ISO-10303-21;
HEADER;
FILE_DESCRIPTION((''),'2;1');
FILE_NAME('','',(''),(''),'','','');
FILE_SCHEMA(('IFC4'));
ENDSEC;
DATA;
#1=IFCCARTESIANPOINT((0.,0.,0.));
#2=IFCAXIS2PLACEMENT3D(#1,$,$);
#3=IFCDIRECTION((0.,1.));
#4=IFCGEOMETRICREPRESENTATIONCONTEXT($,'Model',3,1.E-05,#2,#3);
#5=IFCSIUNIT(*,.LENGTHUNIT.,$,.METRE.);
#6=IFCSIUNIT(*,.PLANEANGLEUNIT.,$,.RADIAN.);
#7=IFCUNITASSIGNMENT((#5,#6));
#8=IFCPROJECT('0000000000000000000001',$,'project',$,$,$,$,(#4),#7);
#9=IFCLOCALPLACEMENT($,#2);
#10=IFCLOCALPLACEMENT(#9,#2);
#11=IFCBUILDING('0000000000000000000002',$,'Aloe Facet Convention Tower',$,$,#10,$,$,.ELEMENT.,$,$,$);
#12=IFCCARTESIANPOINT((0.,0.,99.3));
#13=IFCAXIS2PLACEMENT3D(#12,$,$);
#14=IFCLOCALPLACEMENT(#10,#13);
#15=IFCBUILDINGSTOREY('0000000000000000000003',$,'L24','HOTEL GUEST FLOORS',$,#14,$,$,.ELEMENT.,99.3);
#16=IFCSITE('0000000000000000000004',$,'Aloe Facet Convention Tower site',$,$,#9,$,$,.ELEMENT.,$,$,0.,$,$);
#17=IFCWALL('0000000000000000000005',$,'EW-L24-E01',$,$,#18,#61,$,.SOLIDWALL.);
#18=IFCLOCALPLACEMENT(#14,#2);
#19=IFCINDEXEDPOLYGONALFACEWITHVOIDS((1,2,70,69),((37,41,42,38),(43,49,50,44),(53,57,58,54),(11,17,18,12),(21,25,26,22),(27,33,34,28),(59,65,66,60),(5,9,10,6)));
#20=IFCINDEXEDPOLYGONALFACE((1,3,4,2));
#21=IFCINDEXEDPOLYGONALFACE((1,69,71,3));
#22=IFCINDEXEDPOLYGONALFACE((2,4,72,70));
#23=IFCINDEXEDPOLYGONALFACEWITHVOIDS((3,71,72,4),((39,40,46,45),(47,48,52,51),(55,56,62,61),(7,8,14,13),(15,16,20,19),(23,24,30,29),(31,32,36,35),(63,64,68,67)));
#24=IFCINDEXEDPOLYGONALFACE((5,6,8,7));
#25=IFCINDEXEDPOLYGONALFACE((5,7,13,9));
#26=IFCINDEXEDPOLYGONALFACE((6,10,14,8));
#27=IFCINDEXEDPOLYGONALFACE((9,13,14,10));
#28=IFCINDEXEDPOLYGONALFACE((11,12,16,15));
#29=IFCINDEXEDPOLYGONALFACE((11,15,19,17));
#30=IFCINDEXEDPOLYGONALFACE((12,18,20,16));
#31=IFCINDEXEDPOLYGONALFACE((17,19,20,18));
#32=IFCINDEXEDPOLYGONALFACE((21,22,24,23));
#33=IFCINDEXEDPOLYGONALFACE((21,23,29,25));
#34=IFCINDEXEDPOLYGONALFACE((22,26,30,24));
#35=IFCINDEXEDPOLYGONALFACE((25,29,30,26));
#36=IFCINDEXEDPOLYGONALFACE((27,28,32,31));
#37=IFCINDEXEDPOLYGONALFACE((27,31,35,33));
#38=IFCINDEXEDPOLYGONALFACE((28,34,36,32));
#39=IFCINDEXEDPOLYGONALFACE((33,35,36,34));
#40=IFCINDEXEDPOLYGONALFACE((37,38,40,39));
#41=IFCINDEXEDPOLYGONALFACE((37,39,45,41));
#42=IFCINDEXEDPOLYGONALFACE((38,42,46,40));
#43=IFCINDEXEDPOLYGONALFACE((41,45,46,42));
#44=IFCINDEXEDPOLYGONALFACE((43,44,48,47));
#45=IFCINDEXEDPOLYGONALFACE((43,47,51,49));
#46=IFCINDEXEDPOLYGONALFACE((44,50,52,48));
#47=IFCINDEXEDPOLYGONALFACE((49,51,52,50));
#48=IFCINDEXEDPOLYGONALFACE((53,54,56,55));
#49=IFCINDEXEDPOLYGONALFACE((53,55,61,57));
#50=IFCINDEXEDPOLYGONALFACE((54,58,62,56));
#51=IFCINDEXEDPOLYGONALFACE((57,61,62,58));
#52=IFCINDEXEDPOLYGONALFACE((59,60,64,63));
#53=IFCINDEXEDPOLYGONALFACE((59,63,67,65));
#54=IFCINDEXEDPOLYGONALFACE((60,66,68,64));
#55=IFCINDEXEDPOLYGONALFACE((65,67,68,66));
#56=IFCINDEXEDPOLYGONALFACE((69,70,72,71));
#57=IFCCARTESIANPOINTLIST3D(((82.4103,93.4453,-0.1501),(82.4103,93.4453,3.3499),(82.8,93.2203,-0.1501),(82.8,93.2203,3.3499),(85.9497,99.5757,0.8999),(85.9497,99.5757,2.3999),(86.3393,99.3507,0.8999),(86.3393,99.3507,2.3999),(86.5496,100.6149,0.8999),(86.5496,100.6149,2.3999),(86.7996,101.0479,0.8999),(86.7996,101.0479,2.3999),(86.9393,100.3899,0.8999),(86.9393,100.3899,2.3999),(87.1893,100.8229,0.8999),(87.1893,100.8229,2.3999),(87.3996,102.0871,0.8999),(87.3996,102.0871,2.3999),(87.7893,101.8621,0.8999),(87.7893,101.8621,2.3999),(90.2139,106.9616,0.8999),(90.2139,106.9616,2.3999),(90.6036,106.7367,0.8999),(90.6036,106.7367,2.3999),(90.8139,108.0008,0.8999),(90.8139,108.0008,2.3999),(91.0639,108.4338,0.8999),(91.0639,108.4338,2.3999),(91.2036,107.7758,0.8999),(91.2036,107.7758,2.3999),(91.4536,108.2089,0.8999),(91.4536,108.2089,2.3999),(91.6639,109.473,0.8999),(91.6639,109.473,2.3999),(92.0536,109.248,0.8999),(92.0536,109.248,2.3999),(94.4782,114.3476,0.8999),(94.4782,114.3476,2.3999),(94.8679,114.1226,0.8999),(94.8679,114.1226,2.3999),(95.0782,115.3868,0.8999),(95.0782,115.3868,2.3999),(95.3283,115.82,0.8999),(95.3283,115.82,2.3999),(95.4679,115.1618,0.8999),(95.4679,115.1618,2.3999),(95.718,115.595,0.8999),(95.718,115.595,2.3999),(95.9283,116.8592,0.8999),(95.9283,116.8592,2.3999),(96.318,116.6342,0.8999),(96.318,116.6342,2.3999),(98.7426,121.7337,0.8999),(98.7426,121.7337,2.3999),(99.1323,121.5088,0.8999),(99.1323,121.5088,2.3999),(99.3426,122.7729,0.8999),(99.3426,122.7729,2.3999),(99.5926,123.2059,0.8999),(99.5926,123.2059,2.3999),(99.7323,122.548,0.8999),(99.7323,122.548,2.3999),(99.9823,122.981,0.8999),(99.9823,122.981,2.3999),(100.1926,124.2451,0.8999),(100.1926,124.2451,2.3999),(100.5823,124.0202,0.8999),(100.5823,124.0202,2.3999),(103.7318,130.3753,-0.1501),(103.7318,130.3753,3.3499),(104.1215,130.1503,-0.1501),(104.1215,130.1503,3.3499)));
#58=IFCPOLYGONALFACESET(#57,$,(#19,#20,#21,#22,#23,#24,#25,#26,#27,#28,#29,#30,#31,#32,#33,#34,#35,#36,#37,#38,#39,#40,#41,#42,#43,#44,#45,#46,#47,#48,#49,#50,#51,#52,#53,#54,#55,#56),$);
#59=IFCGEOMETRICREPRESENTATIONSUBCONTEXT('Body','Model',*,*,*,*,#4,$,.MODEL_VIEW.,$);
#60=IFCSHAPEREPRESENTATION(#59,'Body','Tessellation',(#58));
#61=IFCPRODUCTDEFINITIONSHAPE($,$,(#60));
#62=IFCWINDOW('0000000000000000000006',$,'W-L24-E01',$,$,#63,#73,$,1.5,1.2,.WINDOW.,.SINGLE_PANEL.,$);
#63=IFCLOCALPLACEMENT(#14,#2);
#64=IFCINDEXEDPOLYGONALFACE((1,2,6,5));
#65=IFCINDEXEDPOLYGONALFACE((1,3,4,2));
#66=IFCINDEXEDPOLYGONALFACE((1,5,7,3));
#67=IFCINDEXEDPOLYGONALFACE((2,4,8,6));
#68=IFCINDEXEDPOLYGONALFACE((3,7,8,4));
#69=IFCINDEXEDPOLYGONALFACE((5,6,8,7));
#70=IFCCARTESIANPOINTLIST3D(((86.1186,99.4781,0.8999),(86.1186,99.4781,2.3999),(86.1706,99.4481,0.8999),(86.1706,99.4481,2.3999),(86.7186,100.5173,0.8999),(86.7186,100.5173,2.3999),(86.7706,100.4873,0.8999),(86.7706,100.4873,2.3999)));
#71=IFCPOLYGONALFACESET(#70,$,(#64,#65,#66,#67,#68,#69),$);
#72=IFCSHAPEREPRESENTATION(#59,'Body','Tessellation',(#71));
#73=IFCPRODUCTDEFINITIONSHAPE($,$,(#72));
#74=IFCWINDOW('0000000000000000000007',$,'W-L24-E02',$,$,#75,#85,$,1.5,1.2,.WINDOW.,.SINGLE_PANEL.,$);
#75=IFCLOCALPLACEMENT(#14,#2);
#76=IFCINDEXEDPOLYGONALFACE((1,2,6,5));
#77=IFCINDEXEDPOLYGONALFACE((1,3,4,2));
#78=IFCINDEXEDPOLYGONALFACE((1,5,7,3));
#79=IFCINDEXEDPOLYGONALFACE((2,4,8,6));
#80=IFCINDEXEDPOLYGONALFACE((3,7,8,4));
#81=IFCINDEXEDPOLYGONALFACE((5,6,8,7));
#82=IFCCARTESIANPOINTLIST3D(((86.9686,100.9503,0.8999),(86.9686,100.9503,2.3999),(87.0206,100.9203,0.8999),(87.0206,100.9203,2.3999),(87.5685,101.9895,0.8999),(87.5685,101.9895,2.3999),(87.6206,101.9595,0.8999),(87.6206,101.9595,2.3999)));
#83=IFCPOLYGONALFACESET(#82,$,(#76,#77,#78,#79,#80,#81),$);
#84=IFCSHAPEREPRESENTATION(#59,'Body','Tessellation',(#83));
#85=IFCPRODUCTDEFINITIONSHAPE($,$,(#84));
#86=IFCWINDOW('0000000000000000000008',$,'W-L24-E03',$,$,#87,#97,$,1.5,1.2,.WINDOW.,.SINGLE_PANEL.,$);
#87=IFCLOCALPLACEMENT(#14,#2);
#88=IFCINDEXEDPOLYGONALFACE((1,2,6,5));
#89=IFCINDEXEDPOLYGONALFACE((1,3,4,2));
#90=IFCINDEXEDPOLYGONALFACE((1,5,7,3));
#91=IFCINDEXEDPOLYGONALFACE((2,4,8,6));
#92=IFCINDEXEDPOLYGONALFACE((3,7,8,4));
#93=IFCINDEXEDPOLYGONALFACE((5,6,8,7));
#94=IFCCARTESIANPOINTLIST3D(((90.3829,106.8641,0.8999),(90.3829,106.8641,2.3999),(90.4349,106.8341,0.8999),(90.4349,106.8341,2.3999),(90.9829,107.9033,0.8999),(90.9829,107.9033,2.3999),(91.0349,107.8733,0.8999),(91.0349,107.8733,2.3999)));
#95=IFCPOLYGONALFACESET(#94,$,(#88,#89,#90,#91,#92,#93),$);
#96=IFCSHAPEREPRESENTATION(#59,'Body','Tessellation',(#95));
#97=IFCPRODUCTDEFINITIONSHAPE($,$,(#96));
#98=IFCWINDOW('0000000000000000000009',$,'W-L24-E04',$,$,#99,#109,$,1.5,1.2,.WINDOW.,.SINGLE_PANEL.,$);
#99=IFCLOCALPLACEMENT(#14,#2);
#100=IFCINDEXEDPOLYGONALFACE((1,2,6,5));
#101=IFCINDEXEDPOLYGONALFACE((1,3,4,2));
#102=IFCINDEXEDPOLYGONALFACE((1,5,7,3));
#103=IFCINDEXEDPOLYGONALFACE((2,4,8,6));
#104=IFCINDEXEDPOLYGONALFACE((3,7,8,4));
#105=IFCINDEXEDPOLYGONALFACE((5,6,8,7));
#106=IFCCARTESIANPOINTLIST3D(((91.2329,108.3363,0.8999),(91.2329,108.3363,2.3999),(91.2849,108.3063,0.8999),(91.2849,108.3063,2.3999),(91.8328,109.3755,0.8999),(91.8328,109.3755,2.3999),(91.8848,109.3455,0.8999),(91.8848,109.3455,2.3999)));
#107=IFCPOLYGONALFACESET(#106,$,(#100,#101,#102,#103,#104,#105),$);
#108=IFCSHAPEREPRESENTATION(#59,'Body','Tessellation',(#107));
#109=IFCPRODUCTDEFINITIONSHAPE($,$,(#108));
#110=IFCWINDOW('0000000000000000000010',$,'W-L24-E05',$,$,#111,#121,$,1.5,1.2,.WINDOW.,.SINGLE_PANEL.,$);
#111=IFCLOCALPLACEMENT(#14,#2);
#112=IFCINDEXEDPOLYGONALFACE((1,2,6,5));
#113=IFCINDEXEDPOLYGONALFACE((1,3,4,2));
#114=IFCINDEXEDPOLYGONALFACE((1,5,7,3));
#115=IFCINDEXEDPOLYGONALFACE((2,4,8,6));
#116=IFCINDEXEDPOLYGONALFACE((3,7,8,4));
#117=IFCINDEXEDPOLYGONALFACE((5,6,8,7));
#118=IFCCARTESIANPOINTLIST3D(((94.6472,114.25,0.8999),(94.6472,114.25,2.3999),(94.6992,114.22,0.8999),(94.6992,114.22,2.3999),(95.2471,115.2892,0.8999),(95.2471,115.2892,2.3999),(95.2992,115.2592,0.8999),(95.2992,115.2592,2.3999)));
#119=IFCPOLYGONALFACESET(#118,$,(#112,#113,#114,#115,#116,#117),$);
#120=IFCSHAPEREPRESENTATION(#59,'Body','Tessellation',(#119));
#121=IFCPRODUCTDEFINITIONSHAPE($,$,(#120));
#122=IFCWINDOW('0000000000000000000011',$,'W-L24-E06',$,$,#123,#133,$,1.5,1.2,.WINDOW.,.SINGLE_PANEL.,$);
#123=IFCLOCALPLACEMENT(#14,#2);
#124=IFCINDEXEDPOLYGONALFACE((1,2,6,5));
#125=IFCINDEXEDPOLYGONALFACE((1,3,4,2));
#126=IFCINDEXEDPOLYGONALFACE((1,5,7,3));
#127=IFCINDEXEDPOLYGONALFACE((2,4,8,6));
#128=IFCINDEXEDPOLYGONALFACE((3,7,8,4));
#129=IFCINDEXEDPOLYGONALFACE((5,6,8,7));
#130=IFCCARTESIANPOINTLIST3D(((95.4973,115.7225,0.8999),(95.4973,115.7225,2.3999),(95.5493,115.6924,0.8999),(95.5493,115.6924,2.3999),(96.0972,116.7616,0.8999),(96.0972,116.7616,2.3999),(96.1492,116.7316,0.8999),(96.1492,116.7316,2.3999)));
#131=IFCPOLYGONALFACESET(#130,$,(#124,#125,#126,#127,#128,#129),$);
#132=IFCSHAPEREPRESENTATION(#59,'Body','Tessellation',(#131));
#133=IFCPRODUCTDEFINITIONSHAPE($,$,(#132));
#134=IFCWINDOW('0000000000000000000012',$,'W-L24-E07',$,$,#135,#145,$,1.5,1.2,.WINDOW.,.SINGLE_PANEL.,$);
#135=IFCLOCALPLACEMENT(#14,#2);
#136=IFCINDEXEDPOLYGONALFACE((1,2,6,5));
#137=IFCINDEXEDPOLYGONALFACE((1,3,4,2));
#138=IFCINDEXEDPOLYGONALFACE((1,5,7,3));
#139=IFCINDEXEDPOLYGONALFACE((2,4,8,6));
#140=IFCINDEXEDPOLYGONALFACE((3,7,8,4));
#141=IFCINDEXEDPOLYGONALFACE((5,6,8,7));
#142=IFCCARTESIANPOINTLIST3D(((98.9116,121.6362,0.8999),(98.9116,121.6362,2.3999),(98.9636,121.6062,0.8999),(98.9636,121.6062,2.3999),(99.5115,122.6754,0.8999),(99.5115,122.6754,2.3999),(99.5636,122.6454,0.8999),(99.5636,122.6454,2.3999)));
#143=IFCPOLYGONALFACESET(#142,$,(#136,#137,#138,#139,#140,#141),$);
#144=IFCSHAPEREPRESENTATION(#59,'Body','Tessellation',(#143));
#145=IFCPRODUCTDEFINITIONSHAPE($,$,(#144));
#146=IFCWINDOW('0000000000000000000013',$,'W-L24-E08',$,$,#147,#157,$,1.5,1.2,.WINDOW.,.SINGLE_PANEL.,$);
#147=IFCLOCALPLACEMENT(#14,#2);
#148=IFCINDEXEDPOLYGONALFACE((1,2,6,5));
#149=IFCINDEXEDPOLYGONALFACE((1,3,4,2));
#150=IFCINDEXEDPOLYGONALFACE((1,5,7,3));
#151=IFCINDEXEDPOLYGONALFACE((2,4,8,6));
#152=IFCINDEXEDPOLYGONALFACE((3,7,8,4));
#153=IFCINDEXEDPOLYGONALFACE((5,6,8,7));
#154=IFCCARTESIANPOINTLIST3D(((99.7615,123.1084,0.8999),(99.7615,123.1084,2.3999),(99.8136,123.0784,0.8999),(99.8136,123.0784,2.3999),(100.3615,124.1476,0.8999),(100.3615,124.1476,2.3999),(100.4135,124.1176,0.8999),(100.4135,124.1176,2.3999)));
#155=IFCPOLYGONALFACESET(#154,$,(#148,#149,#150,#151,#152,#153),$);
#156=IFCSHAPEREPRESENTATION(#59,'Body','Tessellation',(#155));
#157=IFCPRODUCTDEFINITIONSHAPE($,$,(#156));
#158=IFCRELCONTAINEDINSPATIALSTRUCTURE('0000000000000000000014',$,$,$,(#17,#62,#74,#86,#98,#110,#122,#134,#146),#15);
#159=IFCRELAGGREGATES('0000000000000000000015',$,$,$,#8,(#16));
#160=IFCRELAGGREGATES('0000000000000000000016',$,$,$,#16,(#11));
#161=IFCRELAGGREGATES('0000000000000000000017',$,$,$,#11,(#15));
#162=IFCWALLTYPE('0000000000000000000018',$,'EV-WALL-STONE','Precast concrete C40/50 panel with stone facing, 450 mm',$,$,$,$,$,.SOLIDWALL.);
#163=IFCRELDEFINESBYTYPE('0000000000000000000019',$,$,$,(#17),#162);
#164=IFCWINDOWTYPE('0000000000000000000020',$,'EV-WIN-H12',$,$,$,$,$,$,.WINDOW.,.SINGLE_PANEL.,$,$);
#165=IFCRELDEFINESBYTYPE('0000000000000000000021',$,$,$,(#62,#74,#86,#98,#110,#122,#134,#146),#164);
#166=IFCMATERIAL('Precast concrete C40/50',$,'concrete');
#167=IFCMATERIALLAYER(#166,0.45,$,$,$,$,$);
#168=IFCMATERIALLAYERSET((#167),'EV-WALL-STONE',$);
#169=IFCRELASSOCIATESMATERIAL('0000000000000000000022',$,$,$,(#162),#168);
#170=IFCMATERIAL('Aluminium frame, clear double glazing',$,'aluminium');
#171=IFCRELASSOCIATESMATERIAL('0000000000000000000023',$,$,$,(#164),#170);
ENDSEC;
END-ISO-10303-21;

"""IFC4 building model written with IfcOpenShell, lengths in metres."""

from ifc_helpers import new_model, si_unit, direction, frame, frame_2d, origin, place, context, subcontext, project, spatial, polyline, rectangle, outline, extrude, material, layer, layer_set, type_object, element, fill, save


model = new_model("IFC4")

# Units and contexts
model_context = context("Model", 3, precision=1e-05, world=origin(), true_north=direction((0.0, 1.0)))
body_context = subcontext(model_context, "Body", "Model", "MODEL_VIEW")
ifc_project = project(units=[si_unit("LENGTHUNIT", "METRE"), si_unit("PLANEANGLEUNIT", "RADIAN")], contexts=[model_context])

# Site, building, storey
site_placement = place(None, origin())
site = spatial("IfcSite", under=ifc_project, at=site_placement, Name="Aloe Facet Convention Tower site", CompositionType="ELEMENT", RefElevation=0.0)
building_placement = place(site_placement, origin())
building = spatial("IfcBuilding", under=site, at=building_placement, Name="Aloe Facet Convention Tower", CompositionType="ELEMENT")
storey_placement = place(building_placement, frame((0.0, 0.0, 99.3)))
storey = spatial("IfcBuildingStorey", under=building, at=storey_placement, Name="L24", Description="HOTEL GUEST FLOORS", CompositionType="ELEMENT", Elevation=99.3)

# Wall, openings, windows
ifc_material_1 = material(Name="Precast concrete C40/50", Category="concrete")
ifc_layer_1 = layer(ifc_material_1, 0.45)
ifc_layer_set_1 = layer_set([ifc_layer_1], Name="EV-WALL-STONE")
wall_type_1 = type_object("IfcWallType", Name="EV-WALL-STONE", Description="Precast concrete C40/50 panel with stone facing, 450 mm", PredefinedType="SOLIDWALL", material=ifc_layer_set_1)
wall_1_placement = place(storey_placement, frame((82.6052, 93.3328, -0.1501), z_axis=(0.0, 0.0, 1.0), x_axis=(0.5, 0.866025, 0.0)))
wall_1 = element("IfcWall", 1, at=wall_1_placement, inside=storey, type_object=wall_type_1, Name="EW-L24-E01", PredefinedType="SOLIDWALL", context=body_context, shape_type="SweptSolid", body=[
    extrude(outline(polyline([(42.6431, 0.0), (42.6431, 3.5), (0.0, 3.5), (0.0, 0.0), (42.6431, 0.0)])), frame((0.0, 0.2251, 0.0), z_axis=(0.0, -1.0, 0.0), x_axis=(1.0, 0.0, 0.0)), (0.0, 0.0, 1.0), 0.45),
])
opening_1_placement = place(wall_1_placement, frame((7.0786, 0.0, 1.05)))
opening_1 = element("IfcOpeningElement", 2, at=opening_1_placement, cuts=wall_1, PredefinedType="OPENING", context=body_context, shape_type="SweptSolid", body=[
    extrude(rectangle(XDim=1.2, YDim=1.5, at=frame_2d((0.6001, 0.75))), frame((0.0, 0.2349, 0.0), z_axis=(0.0, -1.0, 0.0), x_axis=(1.0, 0.0, 0.0)), (0.0, 0.0, 1.0), 0.47),
])
opening_2_placement = place(wall_1_placement, frame((8.7786, 0.0, 1.05)))
opening_2 = element("IfcOpeningElement", 3, at=opening_2_placement, cuts=wall_1, PredefinedType="OPENING", context=body_context, shape_type="SweptSolid", body=[
    extrude(rectangle(XDim=1.2, YDim=1.5, at=frame_2d((0.6001, 0.75))), frame((0.0, 0.2349, 0.0), z_axis=(0.0, -1.0, 0.0), x_axis=(1.0, 0.0, 0.0)), (0.0, 0.0, 1.0), 0.47),
])
opening_3_placement = place(wall_1_placement, frame((15.6072, 0.0, 1.05)))
opening_3 = element("IfcOpeningElement", 4, at=opening_3_placement, cuts=wall_1, PredefinedType="OPENING", context=body_context, shape_type="SweptSolid", body=[
    extrude(rectangle(XDim=1.2, YDim=1.5, at=frame_2d((0.6001, 0.75))), frame((0.0, 0.2349, 0.0), z_axis=(0.0, -1.0, 0.0), x_axis=(1.0, 0.0, 0.0)), (0.0, 0.0, 1.0), 0.47),
])
opening_4_placement = place(wall_1_placement, frame((17.3071, 0.0, 1.05)))
opening_4 = element("IfcOpeningElement", 5, at=opening_4_placement, cuts=wall_1, PredefinedType="OPENING", context=body_context, shape_type="SweptSolid", body=[
    extrude(rectangle(XDim=1.2, YDim=1.5, at=frame_2d((0.6001, 0.75))), frame((0.0, 0.2349, 0.0), z_axis=(0.0, -1.0, 0.0), x_axis=(1.0, 0.0, 0.0)), (0.0, 0.0, 1.0), 0.47),
])
opening_5_placement = place(wall_1_placement, frame((24.1357, 0.0, 1.05)))
opening_5 = element("IfcOpeningElement", 6, at=opening_5_placement, cuts=wall_1, PredefinedType="OPENING", context=body_context, shape_type="SweptSolid", body=[
    extrude(rectangle(XDim=1.2, YDim=1.5, at=frame_2d((0.6001, 0.75))), frame((0.0, 0.2349, 0.0), z_axis=(0.0, -1.0, 0.0), x_axis=(1.0, 0.0, 0.0)), (0.0, 0.0, 1.0), 0.47),
])
opening_6_placement = place(wall_1_placement, frame((25.8359, 0.0, 1.05)))
opening_6 = element("IfcOpeningElement", 7, at=opening_6_placement, cuts=wall_1, PredefinedType="OPENING", context=body_context, shape_type="SweptSolid", body=[
    extrude(rectangle(XDim=1.2, YDim=1.5, at=frame_2d((0.6001, 0.75))), frame((0.0, 0.2349, 0.0), z_axis=(0.0, -1.0, 0.0), x_axis=(1.0, 0.0, 0.0)), (0.0, 0.0, 1.0), 0.47),
])
opening_7_placement = place(wall_1_placement, frame((32.6646, 0.0, 1.05)))
opening_7 = element("IfcOpeningElement", 8, at=opening_7_placement, cuts=wall_1, PredefinedType="OPENING", context=body_context, shape_type="SweptSolid", body=[
    extrude(rectangle(XDim=1.2, YDim=1.5, at=frame_2d((0.6001, 0.75))), frame((0.0, 0.2349, 0.0), z_axis=(0.0, -1.0, 0.0), x_axis=(1.0, 0.0, 0.0)), (0.0, 0.0, 1.0), 0.47),
])
opening_8_placement = place(wall_1_placement, frame((34.3645, 0.0, 1.05)))
opening_8 = element("IfcOpeningElement", 9, at=opening_8_placement, cuts=wall_1, PredefinedType="OPENING", context=body_context, shape_type="SweptSolid", body=[
    extrude(rectangle(XDim=1.2, YDim=1.5, at=frame_2d((0.6001, 0.75))), frame((0.0, 0.2349, 0.0), z_axis=(0.0, -1.0, 0.0), x_axis=(1.0, 0.0, 0.0)), (0.0, 0.0, 1.0), 0.47),
])
ifc_material_2 = material(Name="Aluminium frame, clear double glazing", Category="aluminium")
window_type = type_object("IfcWindowType", Name="EV-WIN-H12", PartitioningType="SINGLE_PANEL", PredefinedType="WINDOW", material=ifc_material_2)
window_1_placement = place(opening_1_placement, origin())
window_1 = element("IfcWindow", 10, at=window_1_placement, inside=storey, type_object=window_type, Name="W-L24-E01", OverallHeight=1.5, OverallWidth=1.2, PartitioningType="SINGLE_PANEL", PredefinedType="WINDOW", context=body_context, shape_type="SweptSolid", body=[
    extrude(rectangle(XDim=1.2, YDim=1.5, at=frame_2d((0.6001, 0.75))), frame((0.0, 0.03, 0.0), z_axis=(0.0, -1.0, 0.0), x_axis=(1.0, 0.0, 0.0)), (0.0, 0.0, 1.0), 0.0601),
])
fill(opening_1, window_1)
window_2_placement = place(opening_2_placement, origin())
window_2 = element("IfcWindow", 11, at=window_2_placement, inside=storey, type_object=window_type, Name="W-L24-E02", OverallHeight=1.5, OverallWidth=1.2, PartitioningType="SINGLE_PANEL", PredefinedType="WINDOW", context=body_context, shape_type="SweptSolid", body=[
    extrude(rectangle(XDim=1.2, YDim=1.5, at=frame_2d((0.6001, 0.75))), frame((0.0, 0.03, 0.0), z_axis=(0.0, -1.0, 0.0), x_axis=(1.0, 0.0, 0.0)), (0.0, 0.0, 1.0), 0.0601),
])
fill(opening_2, window_2)
window_3_placement = place(opening_3_placement, origin())
window_3 = element("IfcWindow", 12, at=window_3_placement, inside=storey, type_object=window_type, Name="W-L24-E03", OverallHeight=1.5, OverallWidth=1.2, PartitioningType="SINGLE_PANEL", PredefinedType="WINDOW", context=body_context, shape_type="SweptSolid", body=[
    extrude(rectangle(XDim=1.2, YDim=1.5, at=frame_2d((0.6001, 0.75))), frame((0.0, 0.03, 0.0), z_axis=(0.0, -1.0, 0.0), x_axis=(1.0, 0.0, 0.0)), (0.0, 0.0, 1.0), 0.0601),
])
fill(opening_3, window_3)
window_4_placement = place(opening_4_placement, origin())
window_4 = element("IfcWindow", 13, at=window_4_placement, inside=storey, type_object=window_type, Name="W-L24-E04", OverallHeight=1.5, OverallWidth=1.2, PartitioningType="SINGLE_PANEL", PredefinedType="WINDOW", context=body_context, shape_type="SweptSolid", body=[
    extrude(rectangle(XDim=1.2, YDim=1.5, at=frame_2d((0.6001, 0.75))), frame((0.0, 0.03, 0.0), z_axis=(0.0, -1.0, 0.0), x_axis=(1.0, 0.0, 0.0)), (0.0, 0.0, 1.0), 0.0601),
])
fill(opening_4, window_4)
window_5_placement = place(opening_5_placement, origin())
window_5 = element("IfcWindow", 14, at=window_5_placement, inside=storey, type_object=window_type, Name="W-L24-E05", OverallHeight=1.5, OverallWidth=1.2, PartitioningType="SINGLE_PANEL", PredefinedType="WINDOW", context=body_context, shape_type="SweptSolid", body=[
    extrude(rectangle(XDim=1.2, YDim=1.5, at=frame_2d((0.6001, 0.75))), frame((0.0, 0.03, 0.0), z_axis=(0.0, -1.0, 0.0), x_axis=(1.0, 0.0, 0.0)), (0.0, 0.0, 1.0), 0.0601),
])
fill(opening_5, window_5)
window_6_placement = place(opening_6_placement, origin())
window_6 = element("IfcWindow", 15, at=window_6_placement, inside=storey, type_object=window_type, Name="W-L24-E06", OverallHeight=1.5, OverallWidth=1.2, PartitioningType="SINGLE_PANEL", PredefinedType="WINDOW", context=body_context, shape_type="SweptSolid", body=[
    extrude(rectangle(XDim=1.2, YDim=1.5, at=frame_2d((0.6001, 0.75))), frame((0.0, 0.03, 0.0), z_axis=(0.0, -1.0, 0.0), x_axis=(1.0, 0.0, 0.0)), (0.0, 0.0, 1.0), 0.0601),
])
fill(opening_6, window_6)
window_7_placement = place(opening_7_placement, origin())
window_7 = element("IfcWindow", 16, at=window_7_placement, inside=storey, type_object=window_type, Name="W-L24-E07", OverallHeight=1.5, OverallWidth=1.2, PartitioningType="SINGLE_PANEL", PredefinedType="WINDOW", context=body_context, shape_type="SweptSolid", body=[
    extrude(rectangle(XDim=1.2, YDim=1.5, at=frame_2d((0.6001, 0.75))), frame((0.0, 0.03, 0.0), z_axis=(0.0, -1.0, 0.0), x_axis=(1.0, 0.0, 0.0)), (0.0, 0.0, 1.0), 0.0601),
])
fill(opening_7, window_7)
window_8_placement = place(opening_8_placement, origin())
window_8 = element("IfcWindow", 17, at=window_8_placement, inside=storey, type_object=window_type, Name="W-L24-E08", OverallHeight=1.5, OverallWidth=1.2, PartitioningType="SINGLE_PANEL", PredefinedType="WINDOW", context=body_context, shape_type="SweptSolid", body=[
    extrude(rectangle(XDim=1.2, YDim=1.5, at=frame_2d((0.6001, 0.75))), frame((0.0, 0.03, 0.0), z_axis=(0.0, -1.0, 0.0), x_axis=(1.0, 0.0, 0.0)), (0.0, 0.0, 1.0), 0.0601),
])
fill(opening_8, window_8)

save(model, "model.ifc")
